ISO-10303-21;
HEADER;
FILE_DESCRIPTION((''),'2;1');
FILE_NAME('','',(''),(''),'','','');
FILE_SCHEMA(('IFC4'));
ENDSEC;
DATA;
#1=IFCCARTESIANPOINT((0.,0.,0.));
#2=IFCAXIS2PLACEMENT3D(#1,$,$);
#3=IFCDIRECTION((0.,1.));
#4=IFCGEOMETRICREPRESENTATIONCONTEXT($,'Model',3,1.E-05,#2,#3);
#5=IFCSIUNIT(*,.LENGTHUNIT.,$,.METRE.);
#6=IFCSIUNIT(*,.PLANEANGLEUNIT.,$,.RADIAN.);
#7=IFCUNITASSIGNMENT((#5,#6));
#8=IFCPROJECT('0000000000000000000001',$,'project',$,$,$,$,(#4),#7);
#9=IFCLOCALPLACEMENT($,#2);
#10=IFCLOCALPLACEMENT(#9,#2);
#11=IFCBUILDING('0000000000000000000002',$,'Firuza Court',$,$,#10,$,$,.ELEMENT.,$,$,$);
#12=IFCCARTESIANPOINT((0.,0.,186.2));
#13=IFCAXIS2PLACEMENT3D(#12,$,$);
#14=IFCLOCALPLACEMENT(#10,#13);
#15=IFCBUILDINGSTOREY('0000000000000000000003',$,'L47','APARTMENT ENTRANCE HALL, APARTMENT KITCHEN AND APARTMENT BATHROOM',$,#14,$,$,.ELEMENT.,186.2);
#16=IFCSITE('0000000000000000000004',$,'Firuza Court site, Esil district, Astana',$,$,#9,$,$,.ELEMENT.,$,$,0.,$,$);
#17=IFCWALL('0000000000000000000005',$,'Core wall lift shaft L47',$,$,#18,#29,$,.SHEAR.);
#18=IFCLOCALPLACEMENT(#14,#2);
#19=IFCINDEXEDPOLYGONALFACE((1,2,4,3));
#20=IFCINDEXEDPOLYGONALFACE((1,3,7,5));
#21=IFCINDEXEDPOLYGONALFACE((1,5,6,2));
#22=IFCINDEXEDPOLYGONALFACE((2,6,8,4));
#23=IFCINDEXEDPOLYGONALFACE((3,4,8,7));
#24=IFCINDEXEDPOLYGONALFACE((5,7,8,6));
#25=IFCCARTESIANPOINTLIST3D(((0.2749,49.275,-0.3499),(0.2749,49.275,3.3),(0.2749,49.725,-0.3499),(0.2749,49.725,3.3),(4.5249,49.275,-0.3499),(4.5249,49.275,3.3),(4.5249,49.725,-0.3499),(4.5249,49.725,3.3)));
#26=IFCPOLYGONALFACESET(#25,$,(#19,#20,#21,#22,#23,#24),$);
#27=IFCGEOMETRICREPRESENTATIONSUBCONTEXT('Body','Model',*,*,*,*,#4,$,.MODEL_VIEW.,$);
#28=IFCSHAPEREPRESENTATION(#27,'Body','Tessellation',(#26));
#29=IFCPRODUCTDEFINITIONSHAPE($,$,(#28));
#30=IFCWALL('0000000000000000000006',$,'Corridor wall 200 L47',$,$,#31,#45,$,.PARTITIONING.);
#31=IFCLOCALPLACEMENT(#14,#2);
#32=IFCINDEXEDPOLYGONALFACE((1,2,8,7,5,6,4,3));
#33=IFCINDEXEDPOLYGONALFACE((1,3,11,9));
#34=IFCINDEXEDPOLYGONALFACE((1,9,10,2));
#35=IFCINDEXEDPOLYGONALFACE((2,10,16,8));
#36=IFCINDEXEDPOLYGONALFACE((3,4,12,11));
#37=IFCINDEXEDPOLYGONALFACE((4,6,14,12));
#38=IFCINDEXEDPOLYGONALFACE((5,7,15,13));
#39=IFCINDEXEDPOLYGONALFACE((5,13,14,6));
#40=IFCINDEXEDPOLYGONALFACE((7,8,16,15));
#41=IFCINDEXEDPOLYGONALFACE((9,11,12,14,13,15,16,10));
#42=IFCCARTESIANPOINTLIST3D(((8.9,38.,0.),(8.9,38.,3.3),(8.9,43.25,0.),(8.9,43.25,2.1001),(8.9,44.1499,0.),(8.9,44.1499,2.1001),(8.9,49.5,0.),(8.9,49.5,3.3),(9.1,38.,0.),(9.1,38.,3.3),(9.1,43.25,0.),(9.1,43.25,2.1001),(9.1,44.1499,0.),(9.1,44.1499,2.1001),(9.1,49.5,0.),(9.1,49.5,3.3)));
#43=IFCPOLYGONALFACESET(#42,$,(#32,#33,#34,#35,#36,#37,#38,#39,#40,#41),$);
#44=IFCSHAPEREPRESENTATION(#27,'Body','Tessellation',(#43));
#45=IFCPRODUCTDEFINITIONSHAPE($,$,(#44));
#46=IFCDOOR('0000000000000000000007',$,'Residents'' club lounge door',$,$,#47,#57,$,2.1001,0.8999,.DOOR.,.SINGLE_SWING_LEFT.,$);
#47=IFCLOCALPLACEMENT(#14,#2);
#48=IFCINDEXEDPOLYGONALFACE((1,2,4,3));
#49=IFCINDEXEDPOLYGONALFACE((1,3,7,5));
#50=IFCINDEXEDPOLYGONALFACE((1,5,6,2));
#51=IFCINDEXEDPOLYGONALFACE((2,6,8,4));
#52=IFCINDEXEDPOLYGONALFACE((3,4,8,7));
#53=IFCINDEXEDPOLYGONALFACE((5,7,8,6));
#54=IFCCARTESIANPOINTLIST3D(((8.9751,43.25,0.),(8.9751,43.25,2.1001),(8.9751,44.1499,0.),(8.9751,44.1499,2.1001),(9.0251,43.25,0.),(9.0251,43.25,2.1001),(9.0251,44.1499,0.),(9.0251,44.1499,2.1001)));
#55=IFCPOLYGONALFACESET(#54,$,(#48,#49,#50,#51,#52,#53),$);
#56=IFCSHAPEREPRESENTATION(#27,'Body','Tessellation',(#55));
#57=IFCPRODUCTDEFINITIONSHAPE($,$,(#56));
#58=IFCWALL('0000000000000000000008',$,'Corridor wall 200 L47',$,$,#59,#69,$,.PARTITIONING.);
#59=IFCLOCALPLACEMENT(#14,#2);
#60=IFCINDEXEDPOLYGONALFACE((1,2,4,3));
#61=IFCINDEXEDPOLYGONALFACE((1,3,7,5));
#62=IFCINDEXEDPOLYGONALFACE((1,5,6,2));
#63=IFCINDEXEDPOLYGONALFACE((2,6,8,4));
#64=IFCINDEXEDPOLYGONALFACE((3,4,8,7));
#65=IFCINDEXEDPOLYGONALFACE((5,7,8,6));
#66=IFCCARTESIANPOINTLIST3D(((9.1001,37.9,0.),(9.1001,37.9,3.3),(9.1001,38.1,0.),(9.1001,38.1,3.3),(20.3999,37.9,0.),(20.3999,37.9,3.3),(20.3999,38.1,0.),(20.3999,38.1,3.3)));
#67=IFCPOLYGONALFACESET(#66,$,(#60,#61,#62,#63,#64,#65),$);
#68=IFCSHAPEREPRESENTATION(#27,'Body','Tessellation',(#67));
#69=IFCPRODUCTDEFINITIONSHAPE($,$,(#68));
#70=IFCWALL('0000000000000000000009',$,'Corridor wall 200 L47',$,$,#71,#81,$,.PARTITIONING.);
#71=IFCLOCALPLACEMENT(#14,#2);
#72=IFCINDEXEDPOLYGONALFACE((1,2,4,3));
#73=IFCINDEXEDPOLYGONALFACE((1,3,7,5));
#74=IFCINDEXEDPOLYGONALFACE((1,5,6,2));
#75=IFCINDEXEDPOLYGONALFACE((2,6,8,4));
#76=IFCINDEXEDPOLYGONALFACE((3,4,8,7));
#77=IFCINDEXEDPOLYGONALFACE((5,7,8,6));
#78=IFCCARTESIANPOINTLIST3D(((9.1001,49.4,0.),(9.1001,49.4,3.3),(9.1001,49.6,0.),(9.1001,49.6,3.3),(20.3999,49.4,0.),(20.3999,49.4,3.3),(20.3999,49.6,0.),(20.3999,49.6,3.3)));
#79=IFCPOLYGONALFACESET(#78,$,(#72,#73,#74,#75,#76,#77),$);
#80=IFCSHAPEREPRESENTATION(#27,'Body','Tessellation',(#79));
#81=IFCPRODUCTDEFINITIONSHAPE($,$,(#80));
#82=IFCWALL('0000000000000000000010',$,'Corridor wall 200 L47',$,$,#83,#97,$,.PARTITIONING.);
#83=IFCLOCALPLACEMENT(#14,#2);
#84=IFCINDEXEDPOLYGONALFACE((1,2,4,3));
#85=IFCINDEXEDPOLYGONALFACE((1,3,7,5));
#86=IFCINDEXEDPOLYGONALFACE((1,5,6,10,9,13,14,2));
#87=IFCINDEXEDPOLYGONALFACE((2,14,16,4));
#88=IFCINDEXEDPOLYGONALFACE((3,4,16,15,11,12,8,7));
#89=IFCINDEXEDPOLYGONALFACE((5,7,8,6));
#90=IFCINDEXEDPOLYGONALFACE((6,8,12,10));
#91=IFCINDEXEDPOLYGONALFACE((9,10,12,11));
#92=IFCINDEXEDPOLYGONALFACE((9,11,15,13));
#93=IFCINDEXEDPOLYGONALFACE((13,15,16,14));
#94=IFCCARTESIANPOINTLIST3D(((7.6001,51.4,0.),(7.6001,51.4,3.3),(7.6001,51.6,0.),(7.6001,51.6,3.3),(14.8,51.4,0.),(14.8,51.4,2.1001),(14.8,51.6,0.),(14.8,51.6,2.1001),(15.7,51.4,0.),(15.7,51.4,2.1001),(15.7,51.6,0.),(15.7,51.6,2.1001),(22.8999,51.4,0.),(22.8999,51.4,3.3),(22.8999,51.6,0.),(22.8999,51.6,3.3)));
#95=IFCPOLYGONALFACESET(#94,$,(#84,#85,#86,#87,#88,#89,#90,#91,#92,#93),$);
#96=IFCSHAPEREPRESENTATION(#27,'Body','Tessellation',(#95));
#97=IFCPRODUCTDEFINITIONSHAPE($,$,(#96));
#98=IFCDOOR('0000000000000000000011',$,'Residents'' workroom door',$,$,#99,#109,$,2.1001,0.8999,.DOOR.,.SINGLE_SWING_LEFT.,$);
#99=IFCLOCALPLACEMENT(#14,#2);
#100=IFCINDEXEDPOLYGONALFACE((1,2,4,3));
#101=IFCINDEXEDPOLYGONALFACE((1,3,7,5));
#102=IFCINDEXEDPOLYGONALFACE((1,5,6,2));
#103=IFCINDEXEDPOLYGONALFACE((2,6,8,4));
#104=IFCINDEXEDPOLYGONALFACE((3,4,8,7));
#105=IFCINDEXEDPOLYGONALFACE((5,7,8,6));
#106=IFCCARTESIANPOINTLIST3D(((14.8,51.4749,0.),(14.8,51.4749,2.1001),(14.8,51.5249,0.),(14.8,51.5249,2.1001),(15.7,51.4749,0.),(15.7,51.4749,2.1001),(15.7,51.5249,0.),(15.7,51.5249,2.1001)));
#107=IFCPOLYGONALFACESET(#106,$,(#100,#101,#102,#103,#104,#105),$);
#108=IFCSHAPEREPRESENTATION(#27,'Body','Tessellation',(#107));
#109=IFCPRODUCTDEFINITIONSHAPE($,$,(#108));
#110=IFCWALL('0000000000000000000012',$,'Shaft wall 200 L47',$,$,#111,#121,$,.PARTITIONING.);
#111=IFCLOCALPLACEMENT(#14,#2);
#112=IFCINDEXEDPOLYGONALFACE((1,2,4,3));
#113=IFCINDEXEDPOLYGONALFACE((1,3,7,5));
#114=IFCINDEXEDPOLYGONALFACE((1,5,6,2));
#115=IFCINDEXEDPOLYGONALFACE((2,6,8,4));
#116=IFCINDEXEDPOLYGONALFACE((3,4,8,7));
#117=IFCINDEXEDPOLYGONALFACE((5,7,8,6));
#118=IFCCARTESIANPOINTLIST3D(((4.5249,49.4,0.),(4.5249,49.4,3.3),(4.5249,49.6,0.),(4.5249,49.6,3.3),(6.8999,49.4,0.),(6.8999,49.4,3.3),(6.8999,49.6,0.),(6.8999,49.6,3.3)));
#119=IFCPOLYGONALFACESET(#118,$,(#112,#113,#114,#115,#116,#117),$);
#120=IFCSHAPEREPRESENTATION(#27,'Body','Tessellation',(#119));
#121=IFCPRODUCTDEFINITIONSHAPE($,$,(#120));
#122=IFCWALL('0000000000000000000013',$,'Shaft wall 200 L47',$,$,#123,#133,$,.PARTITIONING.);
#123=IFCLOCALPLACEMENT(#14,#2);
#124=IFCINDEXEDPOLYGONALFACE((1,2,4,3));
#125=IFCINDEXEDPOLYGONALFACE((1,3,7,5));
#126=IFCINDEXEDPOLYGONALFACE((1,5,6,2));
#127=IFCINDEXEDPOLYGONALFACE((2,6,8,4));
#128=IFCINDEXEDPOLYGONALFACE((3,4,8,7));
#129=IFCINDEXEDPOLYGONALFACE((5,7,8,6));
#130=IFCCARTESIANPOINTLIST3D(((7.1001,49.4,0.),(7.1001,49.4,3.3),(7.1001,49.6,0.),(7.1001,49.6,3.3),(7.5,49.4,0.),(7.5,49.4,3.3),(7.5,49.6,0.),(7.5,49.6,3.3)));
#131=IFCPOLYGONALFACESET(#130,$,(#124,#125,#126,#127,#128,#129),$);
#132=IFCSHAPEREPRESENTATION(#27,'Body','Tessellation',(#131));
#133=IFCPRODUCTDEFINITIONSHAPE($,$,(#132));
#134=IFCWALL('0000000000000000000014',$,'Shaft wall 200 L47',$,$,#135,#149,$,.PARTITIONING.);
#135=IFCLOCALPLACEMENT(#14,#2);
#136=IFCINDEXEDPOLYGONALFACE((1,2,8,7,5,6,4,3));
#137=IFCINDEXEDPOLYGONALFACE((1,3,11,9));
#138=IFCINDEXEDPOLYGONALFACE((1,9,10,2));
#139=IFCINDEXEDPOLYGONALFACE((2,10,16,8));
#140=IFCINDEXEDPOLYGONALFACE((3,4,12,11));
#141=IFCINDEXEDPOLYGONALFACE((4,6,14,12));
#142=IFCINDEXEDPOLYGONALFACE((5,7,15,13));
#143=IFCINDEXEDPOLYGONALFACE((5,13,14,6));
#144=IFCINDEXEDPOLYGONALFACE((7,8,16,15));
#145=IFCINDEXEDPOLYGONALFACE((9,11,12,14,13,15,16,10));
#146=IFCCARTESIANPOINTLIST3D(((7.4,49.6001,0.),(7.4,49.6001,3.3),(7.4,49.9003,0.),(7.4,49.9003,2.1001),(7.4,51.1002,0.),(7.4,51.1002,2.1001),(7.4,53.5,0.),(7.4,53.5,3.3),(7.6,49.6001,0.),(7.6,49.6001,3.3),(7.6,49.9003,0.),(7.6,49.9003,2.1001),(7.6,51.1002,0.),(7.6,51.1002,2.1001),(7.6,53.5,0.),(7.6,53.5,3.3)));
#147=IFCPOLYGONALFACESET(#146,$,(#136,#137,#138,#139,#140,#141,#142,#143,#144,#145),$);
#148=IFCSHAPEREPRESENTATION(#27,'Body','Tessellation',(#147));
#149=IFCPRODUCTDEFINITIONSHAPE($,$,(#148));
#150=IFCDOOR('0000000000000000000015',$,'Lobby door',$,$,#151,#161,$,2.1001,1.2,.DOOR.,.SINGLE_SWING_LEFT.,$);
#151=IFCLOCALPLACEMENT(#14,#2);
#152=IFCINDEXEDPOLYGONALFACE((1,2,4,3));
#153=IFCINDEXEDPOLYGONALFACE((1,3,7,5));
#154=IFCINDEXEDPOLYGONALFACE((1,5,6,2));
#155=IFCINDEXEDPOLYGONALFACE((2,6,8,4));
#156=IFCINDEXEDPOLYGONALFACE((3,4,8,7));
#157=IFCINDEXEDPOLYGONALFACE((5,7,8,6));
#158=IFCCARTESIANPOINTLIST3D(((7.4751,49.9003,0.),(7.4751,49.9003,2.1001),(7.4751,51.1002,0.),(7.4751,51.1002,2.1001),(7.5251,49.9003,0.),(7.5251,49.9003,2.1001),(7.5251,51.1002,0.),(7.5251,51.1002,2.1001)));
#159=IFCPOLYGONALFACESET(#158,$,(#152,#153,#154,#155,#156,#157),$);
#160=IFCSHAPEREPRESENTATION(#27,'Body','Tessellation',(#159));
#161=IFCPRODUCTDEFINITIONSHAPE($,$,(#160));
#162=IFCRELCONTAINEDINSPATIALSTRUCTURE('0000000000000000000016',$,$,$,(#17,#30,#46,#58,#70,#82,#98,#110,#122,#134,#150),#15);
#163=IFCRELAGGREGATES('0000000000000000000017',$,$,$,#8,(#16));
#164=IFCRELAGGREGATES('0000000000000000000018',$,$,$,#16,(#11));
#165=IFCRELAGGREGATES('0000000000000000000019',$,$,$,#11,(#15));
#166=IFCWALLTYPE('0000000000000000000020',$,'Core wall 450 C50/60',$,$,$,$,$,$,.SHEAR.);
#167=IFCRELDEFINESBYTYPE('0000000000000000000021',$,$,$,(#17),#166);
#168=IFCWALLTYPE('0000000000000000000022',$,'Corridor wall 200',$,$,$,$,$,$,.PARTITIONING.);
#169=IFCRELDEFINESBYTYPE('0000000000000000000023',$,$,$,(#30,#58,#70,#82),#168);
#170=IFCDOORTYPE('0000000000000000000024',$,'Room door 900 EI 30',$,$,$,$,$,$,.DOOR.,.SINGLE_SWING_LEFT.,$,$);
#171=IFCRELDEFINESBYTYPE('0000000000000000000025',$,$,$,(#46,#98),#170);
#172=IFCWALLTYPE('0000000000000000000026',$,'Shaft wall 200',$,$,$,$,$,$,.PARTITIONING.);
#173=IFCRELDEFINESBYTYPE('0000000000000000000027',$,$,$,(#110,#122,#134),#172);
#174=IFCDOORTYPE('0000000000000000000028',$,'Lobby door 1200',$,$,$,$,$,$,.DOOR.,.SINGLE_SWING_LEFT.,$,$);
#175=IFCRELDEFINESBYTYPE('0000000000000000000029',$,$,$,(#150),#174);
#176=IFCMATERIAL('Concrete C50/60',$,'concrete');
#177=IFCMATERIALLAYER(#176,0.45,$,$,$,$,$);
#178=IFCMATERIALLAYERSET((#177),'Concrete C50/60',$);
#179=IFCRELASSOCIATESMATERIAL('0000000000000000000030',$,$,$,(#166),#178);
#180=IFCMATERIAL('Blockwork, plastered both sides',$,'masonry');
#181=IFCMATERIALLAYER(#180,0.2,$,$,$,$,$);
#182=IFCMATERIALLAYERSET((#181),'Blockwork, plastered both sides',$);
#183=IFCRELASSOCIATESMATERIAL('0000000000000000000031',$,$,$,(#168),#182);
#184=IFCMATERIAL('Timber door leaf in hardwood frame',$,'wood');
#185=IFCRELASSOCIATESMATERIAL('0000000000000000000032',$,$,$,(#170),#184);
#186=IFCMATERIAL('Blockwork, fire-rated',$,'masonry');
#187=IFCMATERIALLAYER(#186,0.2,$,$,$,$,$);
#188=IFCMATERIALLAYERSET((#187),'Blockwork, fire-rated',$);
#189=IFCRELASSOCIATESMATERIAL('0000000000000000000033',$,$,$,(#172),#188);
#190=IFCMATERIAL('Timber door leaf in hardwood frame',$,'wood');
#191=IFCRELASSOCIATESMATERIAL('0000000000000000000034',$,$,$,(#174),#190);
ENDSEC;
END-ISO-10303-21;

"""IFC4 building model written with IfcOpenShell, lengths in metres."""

from ifc_helpers import new_model, si_unit, direction, frame, frame_2d, origin, place, context, subcontext, project, spatial, rectangle, extrude, material, layer, layer_set, type_object, element, fill, save


model = new_model("IFC4")

# Units and contexts
model_context = context("Model", 3, precision=1e-05, world=origin(), true_north=direction((0.0, 1.0)))
body_context = subcontext(model_context, "Body", "Model", "MODEL_VIEW")
ifc_project = project(units=[si_unit("LENGTHUNIT", "METRE"), si_unit("PLANEANGLEUNIT", "RADIAN")], contexts=[model_context])

# Site, building, storey
site_placement = place(None, origin())
site = spatial("IfcSite", under=ifc_project, at=site_placement, Name="Firuza Court site, Esil district, Astana", CompositionType="ELEMENT", RefElevation=0.0)
building_placement = place(site_placement, origin())
building = spatial("IfcBuilding", under=site, at=building_placement, Name="Firuza Court", CompositionType="ELEMENT")
storey_placement = place(building_placement, frame((0.0, 0.0, 186.2)))
storey = spatial("IfcBuildingStorey", under=building, at=storey_placement, Name="L47", Description="APARTMENT ENTRANCE HALL, APARTMENT KITCHEN AND APARTMENT BATHROOM", CompositionType="ELEMENT", Elevation=186.2)

# Shared definitions
ifc_material_1 = material(Name="Concrete C50/60", Category="concrete")

# Wall
ifc_layer_1 = layer(ifc_material_1, 0.45)
ifc_layer_set_1 = layer_set([ifc_layer_1], Name="Concrete C50/60")
wall_type_1 = type_object("IfcWallType", Name="Core wall 450 C50/60", PredefinedType="SHEAR", material=ifc_layer_set_1)
wall_1_placement = place(storey_placement, frame((0.2749, 49.5, -0.3499), z_axis=(0.0, 0.0, 1.0), x_axis=(1.0, 0.0, 0.0)))
element("IfcWall", 1, at=wall_1_placement, inside=storey, type_object=wall_type_1, Name="Core wall lift shaft L47", PredefinedType="SHEAR", context=body_context, shape_type="SweptSolid", body=[
    extrude(rectangle(XDim=4.25, YDim=0.45, at=frame_2d((2.125, 0.0))), origin(), (0.0, 0.0, 1.0), 3.6499),
])

# Wall, opening, door
ifc_material_2 = material(Name="Blockwork, plastered both sides", Category="masonry")
ifc_layer_2 = layer(ifc_material_2, 0.2)
ifc_layer_set_2 = layer_set([ifc_layer_2], Name="Blockwork, plastered both sides")
wall_type_2 = type_object("IfcWallType", Name="Corridor wall 200", PredefinedType="PARTITIONING", material=ifc_layer_set_2)
wall_2_placement = place(storey_placement, frame((9.0, 38.0, 0.0), z_axis=(0.0, 0.0, 1.0), x_axis=(0.0, 1.0, 0.0)))
wall_2 = element("IfcWall", 2, at=wall_2_placement, inside=storey, type_object=wall_type_2, Name="Corridor wall 200 L47", PredefinedType="PARTITIONING", context=body_context, shape_type="SweptSolid", body=[
    extrude(rectangle(XDim=11.5, YDim=0.2, at=frame_2d((5.75, 0.0))), origin(), (0.0, 0.0, 1.0), 3.3),
])
opening_1_placement = place(wall_2_placement, frame((5.25, 0.0, 0.0)))
opening_1 = element("IfcOpeningElement", 3, at=opening_1_placement, cuts=wall_2, PredefinedType="OPENING", context=body_context, shape_type="SweptSolid", body=[
    extrude(rectangle(XDim=0.8999, YDim=2.1001, at=frame_2d((0.45, 1.05))), frame((0.0, 0.1118, 0.0), z_axis=(0.0, -1.0, 0.0), x_axis=(1.0, 0.0, 0.0)), (0.0, 0.0, 1.0), 0.2239),
])
ifc_material_3 = material(Name="Timber door leaf in hardwood frame", Category="wood")
door_type_1 = type_object("IfcDoorType", Name="Room door 900 EI 30", OperationType="SINGLE_SWING_LEFT", PredefinedType="DOOR", material=ifc_material_3)
door_1_placement = place(opening_1_placement, origin())
door_1 = element("IfcDoor", 4, at=door_1_placement, inside=storey, type_object=door_type_1, Name="Residents' club lounge door", OperationType="SINGLE_SWING_LEFT", OverallHeight=2.1001, OverallWidth=0.8999, PredefinedType="DOOR", context=body_context, shape_type="SweptSolid", body=[
    extrude(rectangle(XDim=0.8999, YDim=2.1001, at=frame_2d((0.45, 1.05))), frame((0.0, 0.0249, 0.0), z_axis=(0.0, -1.0, 0.0), x_axis=(1.0, 0.0, 0.0)), (0.0, 0.0, 1.0), 0.05),
])
fill(opening_1, door_1)

# Walls
for number, where, z_axis, x_axis, name in (
    (5, (9.1001, 38.0, 0.0), (0.0, 0.0, 1.0), (1.0, 0.0, 0.0), "Corridor wall 200 L47"),
    (6, (9.1001, 49.5, 0.0), (0.0, 0.0, 1.0), (1.0, 0.0, 0.0), "Corridor wall 200 L47"),
):
    element("IfcWall", number, at=place(storey_placement, frame(where, z_axis=z_axis, x_axis=x_axis)), inside=storey, type_object=wall_type_2, Name=name, PredefinedType="PARTITIONING", context=body_context, shape_type="SweptSolid", body=[
        extrude(rectangle(XDim=11.2998, YDim=0.2, at=frame_2d((5.6499, 0.0))), origin(), (0.0, 0.0, 1.0), 3.3),
    ])

# Wall, opening, door
wall_3_placement = place(storey_placement, frame((7.6001, 51.5, 0.0), z_axis=(0.0, 0.0, 1.0), x_axis=(1.0, 0.0, 0.0)))
wall_3 = element("IfcWall", 7, at=wall_3_placement, inside=storey, type_object=wall_type_2, Name="Corridor wall 200 L47", PredefinedType="PARTITIONING", context=body_context, shape_type="SweptSolid", body=[
    extrude(rectangle(XDim=15.2998, YDim=0.2, at=frame_2d((7.6499, 0.0))), origin(), (0.0, 0.0, 1.0), 3.3),
])
opening_2_placement = place(wall_3_placement, frame((7.2, 0.0, 0.0)))
opening_2 = element("IfcOpeningElement", 8, at=opening_2_placement, cuts=wall_3, PredefinedType="OPENING", context=body_context, shape_type="SweptSolid", body=[
    extrude(rectangle(XDim=0.8999, YDim=2.1001, at=frame_2d((0.45, 1.05))), frame((0.0, 0.1118, 0.0), z_axis=(0.0, -1.0, 0.0), x_axis=(1.0, 0.0, 0.0)), (0.0, 0.0, 1.0), 0.2239),
])
door_2_placement = place(opening_2_placement, origin())
door_2 = element("IfcDoor", 9, at=door_2_placement, inside=storey, type_object=door_type_1, Name="Residents' workroom door", OperationType="SINGLE_SWING_LEFT", OverallHeight=2.1001, OverallWidth=0.8999, PredefinedType="DOOR", context=body_context, shape_type="SweptSolid", body=[
    extrude(rectangle(XDim=0.8999, YDim=2.1001, at=frame_2d((0.45, 1.05))), frame((0.0, 0.0249, 0.0), z_axis=(0.0, -1.0, 0.0), x_axis=(1.0, 0.0, 0.0)), (0.0, 0.0, 1.0), 0.05),
])
fill(opening_2, door_2)

# Walls
ifc_material_4 = material(Name="Blockwork, fire-rated", Category="masonry")
ifc_layer_3 = layer(ifc_material_4, 0.2)
ifc_layer_set_3 = layer_set([ifc_layer_3], Name="Blockwork, fire-rated")
wall_type_3 = type_object("IfcWallType", Name="Shaft wall 200", PredefinedType="PARTITIONING", material=ifc_layer_set_3)
wall_4_placement = place(storey_placement, frame((4.5249, 49.5, 0.0), z_axis=(0.0, 0.0, 1.0), x_axis=(1.0, 0.0, 0.0)))
element("IfcWall", 10, at=wall_4_placement, inside=storey, type_object=wall_type_3, Name="Shaft wall 200 L47", PredefinedType="PARTITIONING", context=body_context, shape_type="SweptSolid", body=[
    extrude(rectangle(XDim=2.375, YDim=0.2, at=frame_2d((1.1875, 0.0))), origin(), (0.0, 0.0, 1.0), 3.3),
])
wall_5_placement = place(storey_placement, frame((7.1001, 49.5, 0.0), z_axis=(0.0, 0.0, 1.0), x_axis=(1.0, 0.0, 0.0)))
element("IfcWall", 11, at=wall_5_placement, inside=storey, type_object=wall_type_3, Name="Shaft wall 200 L47", PredefinedType="PARTITIONING", context=body_context, shape_type="SweptSolid", body=[
    extrude(rectangle(XDim=0.3999, YDim=0.2, at=frame_2d((0.2, 0.0))), origin(), (0.0, 0.0, 1.0), 3.3),
])

# Wall, opening, door
wall_6_placement = place(storey_placement, frame((7.5, 49.6001, 0.0), z_axis=(0.0, 0.0, 1.0), x_axis=(0.0, 1.0, 0.0)))
wall_6 = element("IfcWall", 12, at=wall_6_placement, inside=storey, type_object=wall_type_3, Name="Shaft wall 200 L47", PredefinedType="PARTITIONING", context=body_context, shape_type="SweptSolid", body=[
    extrude(rectangle(XDim=3.8999, YDim=0.2, at=frame_2d((1.95, 0.0))), origin(), (0.0, 0.0, 1.0), 3.3),
])
opening_3_placement = place(wall_6_placement, frame((0.3, 0.0, 0.0)))
opening_3 = element("IfcOpeningElement", 13, at=opening_3_placement, cuts=wall_6, PredefinedType="OPENING", context=body_context, shape_type="SweptSolid", body=[
    extrude(rectangle(XDim=1.2, YDim=2.1001, at=frame_2d((0.6001, 1.05))), frame((0.0, 0.1118, 0.0), z_axis=(0.0, -1.0, 0.0), x_axis=(1.0, 0.0, 0.0)), (0.0, 0.0, 1.0), 0.2239),
])
ifc_material_5 = material(Name="Timber door leaf in hardwood frame", Category="wood")
door_type_2 = type_object("IfcDoorType", Name="Lobby door 1200", OperationType="SINGLE_SWING_LEFT", PredefinedType="DOOR", material=ifc_material_5)
door_3_placement = place(opening_3_placement, origin())
door_3 = element("IfcDoor", 14, at=door_3_placement, inside=storey, type_object=door_type_2, Name="Lobby door", OperationType="SINGLE_SWING_LEFT", OverallHeight=2.1001, OverallWidth=1.2, PredefinedType="DOOR", context=body_context, shape_type="SweptSolid", body=[
    extrude(rectangle(XDim=1.2, YDim=2.1001, at=frame_2d((0.6001, 1.05))), frame((0.0, 0.0249, 0.0), z_axis=(0.0, -1.0, 0.0), x_axis=(1.0, 0.0, 0.0)), (0.0, 0.0, 1.0), 0.05),
])
fill(opening_3, door_3)

save(model, "model.ifc")
